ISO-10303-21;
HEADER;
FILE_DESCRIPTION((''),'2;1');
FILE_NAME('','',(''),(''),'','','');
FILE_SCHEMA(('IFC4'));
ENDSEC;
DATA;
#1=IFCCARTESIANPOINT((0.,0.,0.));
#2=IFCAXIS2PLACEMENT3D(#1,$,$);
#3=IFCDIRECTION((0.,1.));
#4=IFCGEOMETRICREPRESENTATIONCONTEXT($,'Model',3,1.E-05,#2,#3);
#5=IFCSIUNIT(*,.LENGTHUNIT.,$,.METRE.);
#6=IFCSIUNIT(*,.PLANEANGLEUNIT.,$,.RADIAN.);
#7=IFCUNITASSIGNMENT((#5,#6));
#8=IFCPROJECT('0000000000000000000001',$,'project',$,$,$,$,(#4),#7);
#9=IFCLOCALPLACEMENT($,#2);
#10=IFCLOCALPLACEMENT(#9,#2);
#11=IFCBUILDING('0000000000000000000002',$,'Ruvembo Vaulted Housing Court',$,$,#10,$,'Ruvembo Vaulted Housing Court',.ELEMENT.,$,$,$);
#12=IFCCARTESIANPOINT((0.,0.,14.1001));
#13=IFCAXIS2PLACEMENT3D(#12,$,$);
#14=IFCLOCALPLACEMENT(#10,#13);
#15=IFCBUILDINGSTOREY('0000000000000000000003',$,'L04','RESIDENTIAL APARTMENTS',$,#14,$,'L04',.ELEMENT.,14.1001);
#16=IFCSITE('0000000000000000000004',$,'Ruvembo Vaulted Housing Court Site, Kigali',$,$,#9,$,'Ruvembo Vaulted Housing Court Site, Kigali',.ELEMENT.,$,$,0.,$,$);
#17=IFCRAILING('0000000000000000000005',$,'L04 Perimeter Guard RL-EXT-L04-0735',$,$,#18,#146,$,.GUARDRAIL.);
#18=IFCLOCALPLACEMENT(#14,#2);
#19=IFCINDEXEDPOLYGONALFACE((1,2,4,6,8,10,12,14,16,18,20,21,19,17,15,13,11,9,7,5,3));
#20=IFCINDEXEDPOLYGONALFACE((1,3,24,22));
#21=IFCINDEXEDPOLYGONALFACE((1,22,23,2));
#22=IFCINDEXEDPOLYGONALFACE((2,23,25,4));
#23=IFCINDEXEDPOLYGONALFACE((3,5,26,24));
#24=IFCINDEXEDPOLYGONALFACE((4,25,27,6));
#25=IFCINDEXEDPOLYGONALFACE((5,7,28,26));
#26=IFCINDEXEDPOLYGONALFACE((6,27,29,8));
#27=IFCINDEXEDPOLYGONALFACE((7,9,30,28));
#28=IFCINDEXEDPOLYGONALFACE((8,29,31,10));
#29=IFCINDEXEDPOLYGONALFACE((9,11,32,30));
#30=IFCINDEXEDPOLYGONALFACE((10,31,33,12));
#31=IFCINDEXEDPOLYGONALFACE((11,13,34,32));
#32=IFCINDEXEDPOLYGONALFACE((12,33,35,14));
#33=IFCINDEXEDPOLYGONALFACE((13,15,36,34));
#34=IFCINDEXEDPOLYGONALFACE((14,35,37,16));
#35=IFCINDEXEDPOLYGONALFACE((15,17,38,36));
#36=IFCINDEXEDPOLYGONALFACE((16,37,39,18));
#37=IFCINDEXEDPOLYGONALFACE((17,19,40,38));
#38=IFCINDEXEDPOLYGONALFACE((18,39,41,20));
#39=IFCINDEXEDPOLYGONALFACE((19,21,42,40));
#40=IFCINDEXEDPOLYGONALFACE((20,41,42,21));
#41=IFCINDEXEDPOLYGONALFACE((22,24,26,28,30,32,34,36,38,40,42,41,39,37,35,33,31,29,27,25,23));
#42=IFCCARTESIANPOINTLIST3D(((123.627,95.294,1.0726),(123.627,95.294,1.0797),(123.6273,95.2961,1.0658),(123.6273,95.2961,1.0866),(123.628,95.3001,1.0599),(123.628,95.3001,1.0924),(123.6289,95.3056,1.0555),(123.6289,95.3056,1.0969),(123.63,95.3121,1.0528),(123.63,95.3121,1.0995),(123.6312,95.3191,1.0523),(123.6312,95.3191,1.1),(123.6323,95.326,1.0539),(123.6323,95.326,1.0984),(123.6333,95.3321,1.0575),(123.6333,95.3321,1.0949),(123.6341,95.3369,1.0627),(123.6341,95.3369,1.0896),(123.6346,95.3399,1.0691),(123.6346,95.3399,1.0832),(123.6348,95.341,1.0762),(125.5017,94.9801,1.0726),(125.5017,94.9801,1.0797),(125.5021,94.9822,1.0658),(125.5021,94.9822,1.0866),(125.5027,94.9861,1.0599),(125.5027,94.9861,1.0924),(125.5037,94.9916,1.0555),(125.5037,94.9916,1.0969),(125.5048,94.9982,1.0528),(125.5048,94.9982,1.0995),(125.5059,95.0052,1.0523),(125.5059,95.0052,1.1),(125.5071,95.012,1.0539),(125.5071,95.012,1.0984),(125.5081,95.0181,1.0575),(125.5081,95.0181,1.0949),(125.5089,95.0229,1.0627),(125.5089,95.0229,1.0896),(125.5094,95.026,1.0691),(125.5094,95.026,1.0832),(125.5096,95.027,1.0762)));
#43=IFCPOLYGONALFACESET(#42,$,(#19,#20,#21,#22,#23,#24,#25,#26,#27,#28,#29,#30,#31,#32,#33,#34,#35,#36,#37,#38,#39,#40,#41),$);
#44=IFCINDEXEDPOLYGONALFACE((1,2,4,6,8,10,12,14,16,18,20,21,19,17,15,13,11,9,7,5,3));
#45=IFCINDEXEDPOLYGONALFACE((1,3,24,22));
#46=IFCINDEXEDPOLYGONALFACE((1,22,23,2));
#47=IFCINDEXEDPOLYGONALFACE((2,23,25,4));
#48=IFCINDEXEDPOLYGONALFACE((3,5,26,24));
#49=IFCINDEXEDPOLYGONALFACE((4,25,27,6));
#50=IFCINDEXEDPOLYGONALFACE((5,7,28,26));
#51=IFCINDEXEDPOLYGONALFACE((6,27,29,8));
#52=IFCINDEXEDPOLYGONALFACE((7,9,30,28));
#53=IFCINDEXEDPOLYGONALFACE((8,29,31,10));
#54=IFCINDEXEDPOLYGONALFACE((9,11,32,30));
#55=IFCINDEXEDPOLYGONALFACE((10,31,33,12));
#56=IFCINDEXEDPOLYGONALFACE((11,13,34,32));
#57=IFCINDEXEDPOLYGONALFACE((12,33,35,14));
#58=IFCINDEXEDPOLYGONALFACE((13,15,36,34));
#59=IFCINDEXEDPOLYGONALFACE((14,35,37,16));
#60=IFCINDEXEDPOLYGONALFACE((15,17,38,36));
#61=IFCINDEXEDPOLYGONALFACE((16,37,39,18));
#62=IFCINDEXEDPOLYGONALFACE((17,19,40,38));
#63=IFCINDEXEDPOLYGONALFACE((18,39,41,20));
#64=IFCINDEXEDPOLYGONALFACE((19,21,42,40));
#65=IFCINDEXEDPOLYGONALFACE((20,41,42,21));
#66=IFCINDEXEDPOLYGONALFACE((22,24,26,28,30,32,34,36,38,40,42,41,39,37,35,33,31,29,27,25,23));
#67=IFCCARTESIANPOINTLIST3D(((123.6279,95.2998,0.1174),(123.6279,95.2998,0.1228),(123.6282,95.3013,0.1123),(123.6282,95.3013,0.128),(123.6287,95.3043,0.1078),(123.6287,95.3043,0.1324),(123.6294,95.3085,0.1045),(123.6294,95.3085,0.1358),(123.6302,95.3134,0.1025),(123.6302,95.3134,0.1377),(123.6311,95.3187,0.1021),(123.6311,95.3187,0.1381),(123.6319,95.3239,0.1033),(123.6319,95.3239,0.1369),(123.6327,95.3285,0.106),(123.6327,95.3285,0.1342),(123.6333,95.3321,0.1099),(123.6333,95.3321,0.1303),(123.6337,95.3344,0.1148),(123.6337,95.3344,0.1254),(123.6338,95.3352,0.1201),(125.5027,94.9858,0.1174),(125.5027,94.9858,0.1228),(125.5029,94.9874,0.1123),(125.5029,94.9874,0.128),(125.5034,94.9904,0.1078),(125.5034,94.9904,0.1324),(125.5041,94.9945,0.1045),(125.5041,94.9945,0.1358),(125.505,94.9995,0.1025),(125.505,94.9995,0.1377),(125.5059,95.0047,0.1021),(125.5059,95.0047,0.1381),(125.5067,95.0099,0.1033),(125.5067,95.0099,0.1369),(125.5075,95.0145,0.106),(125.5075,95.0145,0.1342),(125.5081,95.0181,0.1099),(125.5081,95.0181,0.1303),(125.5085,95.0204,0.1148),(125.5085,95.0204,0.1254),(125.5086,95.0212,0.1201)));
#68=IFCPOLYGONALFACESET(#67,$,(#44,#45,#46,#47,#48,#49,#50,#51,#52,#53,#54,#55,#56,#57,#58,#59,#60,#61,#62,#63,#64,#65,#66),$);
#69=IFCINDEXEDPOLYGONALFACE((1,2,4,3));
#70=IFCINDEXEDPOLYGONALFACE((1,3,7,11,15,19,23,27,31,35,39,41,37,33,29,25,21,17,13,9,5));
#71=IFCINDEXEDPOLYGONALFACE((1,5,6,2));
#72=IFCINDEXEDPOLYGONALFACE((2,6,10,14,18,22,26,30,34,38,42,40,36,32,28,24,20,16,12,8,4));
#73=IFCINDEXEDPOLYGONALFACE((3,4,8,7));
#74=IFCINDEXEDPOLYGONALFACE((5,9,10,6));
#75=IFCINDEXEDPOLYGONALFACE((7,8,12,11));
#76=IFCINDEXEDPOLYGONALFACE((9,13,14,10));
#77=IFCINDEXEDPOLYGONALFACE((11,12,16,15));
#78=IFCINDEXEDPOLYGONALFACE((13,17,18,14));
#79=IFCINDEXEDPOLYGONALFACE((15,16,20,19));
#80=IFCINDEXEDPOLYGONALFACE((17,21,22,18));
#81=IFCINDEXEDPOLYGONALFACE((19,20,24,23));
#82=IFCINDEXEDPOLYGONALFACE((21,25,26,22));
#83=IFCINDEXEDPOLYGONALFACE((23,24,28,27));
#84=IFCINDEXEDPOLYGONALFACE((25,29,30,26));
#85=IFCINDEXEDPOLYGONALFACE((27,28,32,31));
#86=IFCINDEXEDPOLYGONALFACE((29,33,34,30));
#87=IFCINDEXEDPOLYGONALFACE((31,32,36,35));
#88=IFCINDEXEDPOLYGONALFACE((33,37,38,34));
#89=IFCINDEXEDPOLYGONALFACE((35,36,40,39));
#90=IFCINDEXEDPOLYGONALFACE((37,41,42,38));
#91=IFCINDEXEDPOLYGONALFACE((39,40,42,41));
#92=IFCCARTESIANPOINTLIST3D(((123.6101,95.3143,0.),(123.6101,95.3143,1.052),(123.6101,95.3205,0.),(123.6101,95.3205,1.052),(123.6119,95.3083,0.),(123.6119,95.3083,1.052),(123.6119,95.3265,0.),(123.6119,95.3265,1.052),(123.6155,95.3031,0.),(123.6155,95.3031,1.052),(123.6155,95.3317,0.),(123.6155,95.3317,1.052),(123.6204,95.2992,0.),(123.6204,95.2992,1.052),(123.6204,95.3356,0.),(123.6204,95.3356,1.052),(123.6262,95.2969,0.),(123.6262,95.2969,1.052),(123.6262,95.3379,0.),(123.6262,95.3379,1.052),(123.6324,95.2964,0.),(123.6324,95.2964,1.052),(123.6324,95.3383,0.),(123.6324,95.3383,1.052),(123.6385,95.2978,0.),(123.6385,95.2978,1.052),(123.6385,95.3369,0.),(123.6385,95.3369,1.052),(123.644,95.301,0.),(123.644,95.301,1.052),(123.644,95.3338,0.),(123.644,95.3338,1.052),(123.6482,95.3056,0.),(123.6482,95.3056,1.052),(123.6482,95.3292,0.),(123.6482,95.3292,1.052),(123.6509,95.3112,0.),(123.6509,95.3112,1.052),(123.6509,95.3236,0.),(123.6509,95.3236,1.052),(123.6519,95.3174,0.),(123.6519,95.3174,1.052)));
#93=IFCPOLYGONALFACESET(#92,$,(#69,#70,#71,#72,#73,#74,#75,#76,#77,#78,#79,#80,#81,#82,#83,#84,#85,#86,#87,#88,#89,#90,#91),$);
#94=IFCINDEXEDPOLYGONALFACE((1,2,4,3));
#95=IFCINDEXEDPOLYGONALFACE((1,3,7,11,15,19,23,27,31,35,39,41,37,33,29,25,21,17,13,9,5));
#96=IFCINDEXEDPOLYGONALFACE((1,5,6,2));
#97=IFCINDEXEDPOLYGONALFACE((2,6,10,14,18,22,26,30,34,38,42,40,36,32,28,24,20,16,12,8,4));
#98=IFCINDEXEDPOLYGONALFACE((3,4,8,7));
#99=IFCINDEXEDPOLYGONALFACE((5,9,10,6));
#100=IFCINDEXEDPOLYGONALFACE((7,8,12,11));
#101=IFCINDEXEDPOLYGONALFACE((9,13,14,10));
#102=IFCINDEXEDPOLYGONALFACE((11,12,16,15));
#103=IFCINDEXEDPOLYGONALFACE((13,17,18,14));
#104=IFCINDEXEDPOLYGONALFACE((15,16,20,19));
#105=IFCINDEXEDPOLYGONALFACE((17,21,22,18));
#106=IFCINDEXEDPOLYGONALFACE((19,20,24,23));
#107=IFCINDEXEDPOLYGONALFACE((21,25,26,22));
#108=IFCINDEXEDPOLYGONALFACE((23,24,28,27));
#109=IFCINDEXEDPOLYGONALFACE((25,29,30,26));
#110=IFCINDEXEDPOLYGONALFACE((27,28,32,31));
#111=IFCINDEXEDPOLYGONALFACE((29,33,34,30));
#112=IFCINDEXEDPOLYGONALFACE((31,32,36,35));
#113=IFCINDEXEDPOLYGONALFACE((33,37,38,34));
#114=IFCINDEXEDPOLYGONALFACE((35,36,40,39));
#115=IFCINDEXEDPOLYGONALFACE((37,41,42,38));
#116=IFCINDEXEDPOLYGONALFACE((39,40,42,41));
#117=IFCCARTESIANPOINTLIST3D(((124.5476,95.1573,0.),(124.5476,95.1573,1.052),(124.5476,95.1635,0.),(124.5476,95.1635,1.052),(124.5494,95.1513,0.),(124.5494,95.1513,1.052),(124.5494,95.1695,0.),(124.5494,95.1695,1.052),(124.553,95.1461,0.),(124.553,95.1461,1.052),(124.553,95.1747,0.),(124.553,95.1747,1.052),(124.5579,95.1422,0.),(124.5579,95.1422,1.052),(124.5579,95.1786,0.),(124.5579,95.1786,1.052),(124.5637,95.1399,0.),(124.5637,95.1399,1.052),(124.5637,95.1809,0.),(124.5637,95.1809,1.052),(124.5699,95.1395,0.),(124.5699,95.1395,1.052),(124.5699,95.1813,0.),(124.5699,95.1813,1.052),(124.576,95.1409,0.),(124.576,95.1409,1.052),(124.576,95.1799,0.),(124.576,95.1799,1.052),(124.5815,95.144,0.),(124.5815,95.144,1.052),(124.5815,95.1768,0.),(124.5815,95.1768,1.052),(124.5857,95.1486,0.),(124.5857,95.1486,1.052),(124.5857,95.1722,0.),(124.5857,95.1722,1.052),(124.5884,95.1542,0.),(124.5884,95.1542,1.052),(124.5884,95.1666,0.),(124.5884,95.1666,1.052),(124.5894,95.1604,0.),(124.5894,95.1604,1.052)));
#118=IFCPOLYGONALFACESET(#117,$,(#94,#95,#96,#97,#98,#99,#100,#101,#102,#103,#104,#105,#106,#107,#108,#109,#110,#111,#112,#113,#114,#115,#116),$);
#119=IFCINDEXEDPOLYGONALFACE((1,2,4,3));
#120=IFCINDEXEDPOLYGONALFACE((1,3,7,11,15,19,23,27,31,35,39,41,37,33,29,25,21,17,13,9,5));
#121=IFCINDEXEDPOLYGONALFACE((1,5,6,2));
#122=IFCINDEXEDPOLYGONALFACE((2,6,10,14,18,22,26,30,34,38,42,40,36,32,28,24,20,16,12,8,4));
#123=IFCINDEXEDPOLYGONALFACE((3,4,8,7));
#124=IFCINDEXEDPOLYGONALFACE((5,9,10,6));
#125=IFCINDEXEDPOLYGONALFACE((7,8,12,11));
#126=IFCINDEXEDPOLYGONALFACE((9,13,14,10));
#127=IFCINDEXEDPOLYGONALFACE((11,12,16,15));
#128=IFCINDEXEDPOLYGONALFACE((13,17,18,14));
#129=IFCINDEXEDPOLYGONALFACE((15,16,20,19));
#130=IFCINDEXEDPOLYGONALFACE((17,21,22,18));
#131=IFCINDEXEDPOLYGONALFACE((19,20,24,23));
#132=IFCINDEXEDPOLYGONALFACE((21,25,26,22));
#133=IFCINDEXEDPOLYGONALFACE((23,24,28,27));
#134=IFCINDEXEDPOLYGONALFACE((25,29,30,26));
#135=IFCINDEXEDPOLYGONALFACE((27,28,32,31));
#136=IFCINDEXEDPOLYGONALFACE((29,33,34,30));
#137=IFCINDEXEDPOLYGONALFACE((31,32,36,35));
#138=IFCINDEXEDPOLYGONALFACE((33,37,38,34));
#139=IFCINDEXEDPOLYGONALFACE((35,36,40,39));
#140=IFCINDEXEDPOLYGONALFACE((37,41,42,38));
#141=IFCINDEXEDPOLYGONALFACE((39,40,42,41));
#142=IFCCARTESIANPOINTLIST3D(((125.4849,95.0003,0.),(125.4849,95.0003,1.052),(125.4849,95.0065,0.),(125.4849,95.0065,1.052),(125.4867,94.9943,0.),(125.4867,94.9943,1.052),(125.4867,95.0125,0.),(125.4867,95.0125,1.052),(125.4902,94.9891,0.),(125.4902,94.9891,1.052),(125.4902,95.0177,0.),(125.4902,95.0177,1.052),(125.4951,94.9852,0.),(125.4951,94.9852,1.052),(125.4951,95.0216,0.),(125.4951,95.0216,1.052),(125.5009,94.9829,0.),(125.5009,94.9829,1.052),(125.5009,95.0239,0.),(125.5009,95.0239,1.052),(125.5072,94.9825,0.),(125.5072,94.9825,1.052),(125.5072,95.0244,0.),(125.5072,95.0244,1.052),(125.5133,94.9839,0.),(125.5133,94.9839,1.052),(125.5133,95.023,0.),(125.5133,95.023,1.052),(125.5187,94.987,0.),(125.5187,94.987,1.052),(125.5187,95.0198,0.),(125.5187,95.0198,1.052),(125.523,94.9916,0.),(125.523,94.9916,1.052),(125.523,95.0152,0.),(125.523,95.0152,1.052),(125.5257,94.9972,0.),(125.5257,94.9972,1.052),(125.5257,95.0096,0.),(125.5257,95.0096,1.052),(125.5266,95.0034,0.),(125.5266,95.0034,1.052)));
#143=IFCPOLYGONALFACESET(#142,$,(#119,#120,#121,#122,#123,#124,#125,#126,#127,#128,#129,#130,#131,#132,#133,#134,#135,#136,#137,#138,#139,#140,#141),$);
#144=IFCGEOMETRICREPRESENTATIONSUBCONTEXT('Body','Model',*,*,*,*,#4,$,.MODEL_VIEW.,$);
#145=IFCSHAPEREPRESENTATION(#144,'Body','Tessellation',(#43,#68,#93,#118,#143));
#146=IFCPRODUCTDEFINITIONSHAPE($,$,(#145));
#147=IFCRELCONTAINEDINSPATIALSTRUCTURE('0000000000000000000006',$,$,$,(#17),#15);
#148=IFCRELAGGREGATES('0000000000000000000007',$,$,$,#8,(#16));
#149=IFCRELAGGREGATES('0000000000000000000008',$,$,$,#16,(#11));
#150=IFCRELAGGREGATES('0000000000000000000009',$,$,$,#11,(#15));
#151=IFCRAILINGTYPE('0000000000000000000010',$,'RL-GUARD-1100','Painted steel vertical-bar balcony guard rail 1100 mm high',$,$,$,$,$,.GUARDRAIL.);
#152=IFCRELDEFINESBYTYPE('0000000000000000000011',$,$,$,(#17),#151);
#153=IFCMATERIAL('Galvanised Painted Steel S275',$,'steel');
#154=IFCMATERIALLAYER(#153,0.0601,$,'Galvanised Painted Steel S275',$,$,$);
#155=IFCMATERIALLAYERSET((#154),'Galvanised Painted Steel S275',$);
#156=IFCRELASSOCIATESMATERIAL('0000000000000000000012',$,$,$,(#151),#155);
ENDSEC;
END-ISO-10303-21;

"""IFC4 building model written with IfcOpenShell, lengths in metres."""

from ifc_helpers import new_model, si_unit, direction, frame, origin, origin_2d, place, context, subcontext, project, spatial, circle, extrude, material, layer, layer_set, type_object, element, save


model = new_model("IFC4")

# Units and contexts
model_context = context("Model", 3, precision=1e-05, world=origin(), true_north=direction((0.0, 1.0)))
body_context = subcontext(model_context, "Body", "Model", "MODEL_VIEW")
ifc_project = project(units=[si_unit("LENGTHUNIT", "METRE"), si_unit("PLANEANGLEUNIT", "RADIAN")], contexts=[model_context])

# Site, building, storey
site_placement = place(None, origin())
site = spatial("IfcSite", under=ifc_project, at=site_placement, Name="Ruvembo Vaulted Housing Court Site, Kigali", LongName="Ruvembo Vaulted Housing Court Site, Kigali", CompositionType="ELEMENT", RefElevation=0.0)
building_placement = place(site_placement, origin())
building = spatial("IfcBuilding", under=site, at=building_placement, Name="Ruvembo Vaulted Housing Court", LongName="Ruvembo Vaulted Housing Court", CompositionType="ELEMENT")
storey_placement = place(building_placement, frame((0.0, 0.0, 14.1001)))
storey = spatial("IfcBuildingStorey", under=building, at=storey_placement, Name="L04", Description="RESIDENTIAL APARTMENTS", LongName="L04", CompositionType="ELEMENT", Elevation=14.1001)

# Railing
ifc_material_1 = material(Name="Galvanised Painted Steel S275", Category="steel")
ifc_layer = layer(ifc_material_1, 0.0601, Name="Galvanised Painted Steel S275")
ifc_layer_set = layer_set([ifc_layer], Name="Galvanised Painted Steel S275")
railing_type = type_object("IfcRailingType", Name="RL-GUARD-1100", Description="Painted steel vertical-bar balcony guard rail 1100 mm high", PredefinedType="GUARDRAIL", material=ifc_layer_set)
railing_1_placement = place(storey_placement, frame((123.6309, 95.3174, 0.0)))
element("IfcRailing", 1, at=railing_1_placement, inside=storey, type_object=railing_type, Name="L04 Perimeter Guard RL-EXT-L04-0735", PredefinedType="GUARDRAIL", context=body_context, shape_type="SweptSolid", body=[
    extrude(circle(Radius=0.0239, at=origin_2d()), frame((0.0, 0.0, 1.0762), z_axis=(0.986265, -0.16517, 0.0), x_axis=(0.16517, 0.986265, 0.0)), (0.0, 0.0, 1.0), 1.9009),
    extrude(circle(Radius=0.0181, at=origin_2d()), frame((0.0, 0.0, 0.1201), z_axis=(0.986265, -0.16517, 0.0), x_axis=(0.16517, 0.986265, 0.0)), (0.0, 0.0, 1.0), 1.9009),
    extrude(circle(Radius=0.021, at=origin_2d()), origin(), (0.0, 0.0, 1.0), 1.052),
    extrude(circle(Radius=0.021, at=origin_2d()), frame((0.9375, -0.157, 0.0)), (0.0, 0.0, 1.0), 1.052),
    extrude(circle(Radius=0.021, at=origin_2d()), frame((1.8748, -0.314, 0.0)), (0.0, 0.0, 1.0), 1.052),
])

save(model, "model.ifc")
